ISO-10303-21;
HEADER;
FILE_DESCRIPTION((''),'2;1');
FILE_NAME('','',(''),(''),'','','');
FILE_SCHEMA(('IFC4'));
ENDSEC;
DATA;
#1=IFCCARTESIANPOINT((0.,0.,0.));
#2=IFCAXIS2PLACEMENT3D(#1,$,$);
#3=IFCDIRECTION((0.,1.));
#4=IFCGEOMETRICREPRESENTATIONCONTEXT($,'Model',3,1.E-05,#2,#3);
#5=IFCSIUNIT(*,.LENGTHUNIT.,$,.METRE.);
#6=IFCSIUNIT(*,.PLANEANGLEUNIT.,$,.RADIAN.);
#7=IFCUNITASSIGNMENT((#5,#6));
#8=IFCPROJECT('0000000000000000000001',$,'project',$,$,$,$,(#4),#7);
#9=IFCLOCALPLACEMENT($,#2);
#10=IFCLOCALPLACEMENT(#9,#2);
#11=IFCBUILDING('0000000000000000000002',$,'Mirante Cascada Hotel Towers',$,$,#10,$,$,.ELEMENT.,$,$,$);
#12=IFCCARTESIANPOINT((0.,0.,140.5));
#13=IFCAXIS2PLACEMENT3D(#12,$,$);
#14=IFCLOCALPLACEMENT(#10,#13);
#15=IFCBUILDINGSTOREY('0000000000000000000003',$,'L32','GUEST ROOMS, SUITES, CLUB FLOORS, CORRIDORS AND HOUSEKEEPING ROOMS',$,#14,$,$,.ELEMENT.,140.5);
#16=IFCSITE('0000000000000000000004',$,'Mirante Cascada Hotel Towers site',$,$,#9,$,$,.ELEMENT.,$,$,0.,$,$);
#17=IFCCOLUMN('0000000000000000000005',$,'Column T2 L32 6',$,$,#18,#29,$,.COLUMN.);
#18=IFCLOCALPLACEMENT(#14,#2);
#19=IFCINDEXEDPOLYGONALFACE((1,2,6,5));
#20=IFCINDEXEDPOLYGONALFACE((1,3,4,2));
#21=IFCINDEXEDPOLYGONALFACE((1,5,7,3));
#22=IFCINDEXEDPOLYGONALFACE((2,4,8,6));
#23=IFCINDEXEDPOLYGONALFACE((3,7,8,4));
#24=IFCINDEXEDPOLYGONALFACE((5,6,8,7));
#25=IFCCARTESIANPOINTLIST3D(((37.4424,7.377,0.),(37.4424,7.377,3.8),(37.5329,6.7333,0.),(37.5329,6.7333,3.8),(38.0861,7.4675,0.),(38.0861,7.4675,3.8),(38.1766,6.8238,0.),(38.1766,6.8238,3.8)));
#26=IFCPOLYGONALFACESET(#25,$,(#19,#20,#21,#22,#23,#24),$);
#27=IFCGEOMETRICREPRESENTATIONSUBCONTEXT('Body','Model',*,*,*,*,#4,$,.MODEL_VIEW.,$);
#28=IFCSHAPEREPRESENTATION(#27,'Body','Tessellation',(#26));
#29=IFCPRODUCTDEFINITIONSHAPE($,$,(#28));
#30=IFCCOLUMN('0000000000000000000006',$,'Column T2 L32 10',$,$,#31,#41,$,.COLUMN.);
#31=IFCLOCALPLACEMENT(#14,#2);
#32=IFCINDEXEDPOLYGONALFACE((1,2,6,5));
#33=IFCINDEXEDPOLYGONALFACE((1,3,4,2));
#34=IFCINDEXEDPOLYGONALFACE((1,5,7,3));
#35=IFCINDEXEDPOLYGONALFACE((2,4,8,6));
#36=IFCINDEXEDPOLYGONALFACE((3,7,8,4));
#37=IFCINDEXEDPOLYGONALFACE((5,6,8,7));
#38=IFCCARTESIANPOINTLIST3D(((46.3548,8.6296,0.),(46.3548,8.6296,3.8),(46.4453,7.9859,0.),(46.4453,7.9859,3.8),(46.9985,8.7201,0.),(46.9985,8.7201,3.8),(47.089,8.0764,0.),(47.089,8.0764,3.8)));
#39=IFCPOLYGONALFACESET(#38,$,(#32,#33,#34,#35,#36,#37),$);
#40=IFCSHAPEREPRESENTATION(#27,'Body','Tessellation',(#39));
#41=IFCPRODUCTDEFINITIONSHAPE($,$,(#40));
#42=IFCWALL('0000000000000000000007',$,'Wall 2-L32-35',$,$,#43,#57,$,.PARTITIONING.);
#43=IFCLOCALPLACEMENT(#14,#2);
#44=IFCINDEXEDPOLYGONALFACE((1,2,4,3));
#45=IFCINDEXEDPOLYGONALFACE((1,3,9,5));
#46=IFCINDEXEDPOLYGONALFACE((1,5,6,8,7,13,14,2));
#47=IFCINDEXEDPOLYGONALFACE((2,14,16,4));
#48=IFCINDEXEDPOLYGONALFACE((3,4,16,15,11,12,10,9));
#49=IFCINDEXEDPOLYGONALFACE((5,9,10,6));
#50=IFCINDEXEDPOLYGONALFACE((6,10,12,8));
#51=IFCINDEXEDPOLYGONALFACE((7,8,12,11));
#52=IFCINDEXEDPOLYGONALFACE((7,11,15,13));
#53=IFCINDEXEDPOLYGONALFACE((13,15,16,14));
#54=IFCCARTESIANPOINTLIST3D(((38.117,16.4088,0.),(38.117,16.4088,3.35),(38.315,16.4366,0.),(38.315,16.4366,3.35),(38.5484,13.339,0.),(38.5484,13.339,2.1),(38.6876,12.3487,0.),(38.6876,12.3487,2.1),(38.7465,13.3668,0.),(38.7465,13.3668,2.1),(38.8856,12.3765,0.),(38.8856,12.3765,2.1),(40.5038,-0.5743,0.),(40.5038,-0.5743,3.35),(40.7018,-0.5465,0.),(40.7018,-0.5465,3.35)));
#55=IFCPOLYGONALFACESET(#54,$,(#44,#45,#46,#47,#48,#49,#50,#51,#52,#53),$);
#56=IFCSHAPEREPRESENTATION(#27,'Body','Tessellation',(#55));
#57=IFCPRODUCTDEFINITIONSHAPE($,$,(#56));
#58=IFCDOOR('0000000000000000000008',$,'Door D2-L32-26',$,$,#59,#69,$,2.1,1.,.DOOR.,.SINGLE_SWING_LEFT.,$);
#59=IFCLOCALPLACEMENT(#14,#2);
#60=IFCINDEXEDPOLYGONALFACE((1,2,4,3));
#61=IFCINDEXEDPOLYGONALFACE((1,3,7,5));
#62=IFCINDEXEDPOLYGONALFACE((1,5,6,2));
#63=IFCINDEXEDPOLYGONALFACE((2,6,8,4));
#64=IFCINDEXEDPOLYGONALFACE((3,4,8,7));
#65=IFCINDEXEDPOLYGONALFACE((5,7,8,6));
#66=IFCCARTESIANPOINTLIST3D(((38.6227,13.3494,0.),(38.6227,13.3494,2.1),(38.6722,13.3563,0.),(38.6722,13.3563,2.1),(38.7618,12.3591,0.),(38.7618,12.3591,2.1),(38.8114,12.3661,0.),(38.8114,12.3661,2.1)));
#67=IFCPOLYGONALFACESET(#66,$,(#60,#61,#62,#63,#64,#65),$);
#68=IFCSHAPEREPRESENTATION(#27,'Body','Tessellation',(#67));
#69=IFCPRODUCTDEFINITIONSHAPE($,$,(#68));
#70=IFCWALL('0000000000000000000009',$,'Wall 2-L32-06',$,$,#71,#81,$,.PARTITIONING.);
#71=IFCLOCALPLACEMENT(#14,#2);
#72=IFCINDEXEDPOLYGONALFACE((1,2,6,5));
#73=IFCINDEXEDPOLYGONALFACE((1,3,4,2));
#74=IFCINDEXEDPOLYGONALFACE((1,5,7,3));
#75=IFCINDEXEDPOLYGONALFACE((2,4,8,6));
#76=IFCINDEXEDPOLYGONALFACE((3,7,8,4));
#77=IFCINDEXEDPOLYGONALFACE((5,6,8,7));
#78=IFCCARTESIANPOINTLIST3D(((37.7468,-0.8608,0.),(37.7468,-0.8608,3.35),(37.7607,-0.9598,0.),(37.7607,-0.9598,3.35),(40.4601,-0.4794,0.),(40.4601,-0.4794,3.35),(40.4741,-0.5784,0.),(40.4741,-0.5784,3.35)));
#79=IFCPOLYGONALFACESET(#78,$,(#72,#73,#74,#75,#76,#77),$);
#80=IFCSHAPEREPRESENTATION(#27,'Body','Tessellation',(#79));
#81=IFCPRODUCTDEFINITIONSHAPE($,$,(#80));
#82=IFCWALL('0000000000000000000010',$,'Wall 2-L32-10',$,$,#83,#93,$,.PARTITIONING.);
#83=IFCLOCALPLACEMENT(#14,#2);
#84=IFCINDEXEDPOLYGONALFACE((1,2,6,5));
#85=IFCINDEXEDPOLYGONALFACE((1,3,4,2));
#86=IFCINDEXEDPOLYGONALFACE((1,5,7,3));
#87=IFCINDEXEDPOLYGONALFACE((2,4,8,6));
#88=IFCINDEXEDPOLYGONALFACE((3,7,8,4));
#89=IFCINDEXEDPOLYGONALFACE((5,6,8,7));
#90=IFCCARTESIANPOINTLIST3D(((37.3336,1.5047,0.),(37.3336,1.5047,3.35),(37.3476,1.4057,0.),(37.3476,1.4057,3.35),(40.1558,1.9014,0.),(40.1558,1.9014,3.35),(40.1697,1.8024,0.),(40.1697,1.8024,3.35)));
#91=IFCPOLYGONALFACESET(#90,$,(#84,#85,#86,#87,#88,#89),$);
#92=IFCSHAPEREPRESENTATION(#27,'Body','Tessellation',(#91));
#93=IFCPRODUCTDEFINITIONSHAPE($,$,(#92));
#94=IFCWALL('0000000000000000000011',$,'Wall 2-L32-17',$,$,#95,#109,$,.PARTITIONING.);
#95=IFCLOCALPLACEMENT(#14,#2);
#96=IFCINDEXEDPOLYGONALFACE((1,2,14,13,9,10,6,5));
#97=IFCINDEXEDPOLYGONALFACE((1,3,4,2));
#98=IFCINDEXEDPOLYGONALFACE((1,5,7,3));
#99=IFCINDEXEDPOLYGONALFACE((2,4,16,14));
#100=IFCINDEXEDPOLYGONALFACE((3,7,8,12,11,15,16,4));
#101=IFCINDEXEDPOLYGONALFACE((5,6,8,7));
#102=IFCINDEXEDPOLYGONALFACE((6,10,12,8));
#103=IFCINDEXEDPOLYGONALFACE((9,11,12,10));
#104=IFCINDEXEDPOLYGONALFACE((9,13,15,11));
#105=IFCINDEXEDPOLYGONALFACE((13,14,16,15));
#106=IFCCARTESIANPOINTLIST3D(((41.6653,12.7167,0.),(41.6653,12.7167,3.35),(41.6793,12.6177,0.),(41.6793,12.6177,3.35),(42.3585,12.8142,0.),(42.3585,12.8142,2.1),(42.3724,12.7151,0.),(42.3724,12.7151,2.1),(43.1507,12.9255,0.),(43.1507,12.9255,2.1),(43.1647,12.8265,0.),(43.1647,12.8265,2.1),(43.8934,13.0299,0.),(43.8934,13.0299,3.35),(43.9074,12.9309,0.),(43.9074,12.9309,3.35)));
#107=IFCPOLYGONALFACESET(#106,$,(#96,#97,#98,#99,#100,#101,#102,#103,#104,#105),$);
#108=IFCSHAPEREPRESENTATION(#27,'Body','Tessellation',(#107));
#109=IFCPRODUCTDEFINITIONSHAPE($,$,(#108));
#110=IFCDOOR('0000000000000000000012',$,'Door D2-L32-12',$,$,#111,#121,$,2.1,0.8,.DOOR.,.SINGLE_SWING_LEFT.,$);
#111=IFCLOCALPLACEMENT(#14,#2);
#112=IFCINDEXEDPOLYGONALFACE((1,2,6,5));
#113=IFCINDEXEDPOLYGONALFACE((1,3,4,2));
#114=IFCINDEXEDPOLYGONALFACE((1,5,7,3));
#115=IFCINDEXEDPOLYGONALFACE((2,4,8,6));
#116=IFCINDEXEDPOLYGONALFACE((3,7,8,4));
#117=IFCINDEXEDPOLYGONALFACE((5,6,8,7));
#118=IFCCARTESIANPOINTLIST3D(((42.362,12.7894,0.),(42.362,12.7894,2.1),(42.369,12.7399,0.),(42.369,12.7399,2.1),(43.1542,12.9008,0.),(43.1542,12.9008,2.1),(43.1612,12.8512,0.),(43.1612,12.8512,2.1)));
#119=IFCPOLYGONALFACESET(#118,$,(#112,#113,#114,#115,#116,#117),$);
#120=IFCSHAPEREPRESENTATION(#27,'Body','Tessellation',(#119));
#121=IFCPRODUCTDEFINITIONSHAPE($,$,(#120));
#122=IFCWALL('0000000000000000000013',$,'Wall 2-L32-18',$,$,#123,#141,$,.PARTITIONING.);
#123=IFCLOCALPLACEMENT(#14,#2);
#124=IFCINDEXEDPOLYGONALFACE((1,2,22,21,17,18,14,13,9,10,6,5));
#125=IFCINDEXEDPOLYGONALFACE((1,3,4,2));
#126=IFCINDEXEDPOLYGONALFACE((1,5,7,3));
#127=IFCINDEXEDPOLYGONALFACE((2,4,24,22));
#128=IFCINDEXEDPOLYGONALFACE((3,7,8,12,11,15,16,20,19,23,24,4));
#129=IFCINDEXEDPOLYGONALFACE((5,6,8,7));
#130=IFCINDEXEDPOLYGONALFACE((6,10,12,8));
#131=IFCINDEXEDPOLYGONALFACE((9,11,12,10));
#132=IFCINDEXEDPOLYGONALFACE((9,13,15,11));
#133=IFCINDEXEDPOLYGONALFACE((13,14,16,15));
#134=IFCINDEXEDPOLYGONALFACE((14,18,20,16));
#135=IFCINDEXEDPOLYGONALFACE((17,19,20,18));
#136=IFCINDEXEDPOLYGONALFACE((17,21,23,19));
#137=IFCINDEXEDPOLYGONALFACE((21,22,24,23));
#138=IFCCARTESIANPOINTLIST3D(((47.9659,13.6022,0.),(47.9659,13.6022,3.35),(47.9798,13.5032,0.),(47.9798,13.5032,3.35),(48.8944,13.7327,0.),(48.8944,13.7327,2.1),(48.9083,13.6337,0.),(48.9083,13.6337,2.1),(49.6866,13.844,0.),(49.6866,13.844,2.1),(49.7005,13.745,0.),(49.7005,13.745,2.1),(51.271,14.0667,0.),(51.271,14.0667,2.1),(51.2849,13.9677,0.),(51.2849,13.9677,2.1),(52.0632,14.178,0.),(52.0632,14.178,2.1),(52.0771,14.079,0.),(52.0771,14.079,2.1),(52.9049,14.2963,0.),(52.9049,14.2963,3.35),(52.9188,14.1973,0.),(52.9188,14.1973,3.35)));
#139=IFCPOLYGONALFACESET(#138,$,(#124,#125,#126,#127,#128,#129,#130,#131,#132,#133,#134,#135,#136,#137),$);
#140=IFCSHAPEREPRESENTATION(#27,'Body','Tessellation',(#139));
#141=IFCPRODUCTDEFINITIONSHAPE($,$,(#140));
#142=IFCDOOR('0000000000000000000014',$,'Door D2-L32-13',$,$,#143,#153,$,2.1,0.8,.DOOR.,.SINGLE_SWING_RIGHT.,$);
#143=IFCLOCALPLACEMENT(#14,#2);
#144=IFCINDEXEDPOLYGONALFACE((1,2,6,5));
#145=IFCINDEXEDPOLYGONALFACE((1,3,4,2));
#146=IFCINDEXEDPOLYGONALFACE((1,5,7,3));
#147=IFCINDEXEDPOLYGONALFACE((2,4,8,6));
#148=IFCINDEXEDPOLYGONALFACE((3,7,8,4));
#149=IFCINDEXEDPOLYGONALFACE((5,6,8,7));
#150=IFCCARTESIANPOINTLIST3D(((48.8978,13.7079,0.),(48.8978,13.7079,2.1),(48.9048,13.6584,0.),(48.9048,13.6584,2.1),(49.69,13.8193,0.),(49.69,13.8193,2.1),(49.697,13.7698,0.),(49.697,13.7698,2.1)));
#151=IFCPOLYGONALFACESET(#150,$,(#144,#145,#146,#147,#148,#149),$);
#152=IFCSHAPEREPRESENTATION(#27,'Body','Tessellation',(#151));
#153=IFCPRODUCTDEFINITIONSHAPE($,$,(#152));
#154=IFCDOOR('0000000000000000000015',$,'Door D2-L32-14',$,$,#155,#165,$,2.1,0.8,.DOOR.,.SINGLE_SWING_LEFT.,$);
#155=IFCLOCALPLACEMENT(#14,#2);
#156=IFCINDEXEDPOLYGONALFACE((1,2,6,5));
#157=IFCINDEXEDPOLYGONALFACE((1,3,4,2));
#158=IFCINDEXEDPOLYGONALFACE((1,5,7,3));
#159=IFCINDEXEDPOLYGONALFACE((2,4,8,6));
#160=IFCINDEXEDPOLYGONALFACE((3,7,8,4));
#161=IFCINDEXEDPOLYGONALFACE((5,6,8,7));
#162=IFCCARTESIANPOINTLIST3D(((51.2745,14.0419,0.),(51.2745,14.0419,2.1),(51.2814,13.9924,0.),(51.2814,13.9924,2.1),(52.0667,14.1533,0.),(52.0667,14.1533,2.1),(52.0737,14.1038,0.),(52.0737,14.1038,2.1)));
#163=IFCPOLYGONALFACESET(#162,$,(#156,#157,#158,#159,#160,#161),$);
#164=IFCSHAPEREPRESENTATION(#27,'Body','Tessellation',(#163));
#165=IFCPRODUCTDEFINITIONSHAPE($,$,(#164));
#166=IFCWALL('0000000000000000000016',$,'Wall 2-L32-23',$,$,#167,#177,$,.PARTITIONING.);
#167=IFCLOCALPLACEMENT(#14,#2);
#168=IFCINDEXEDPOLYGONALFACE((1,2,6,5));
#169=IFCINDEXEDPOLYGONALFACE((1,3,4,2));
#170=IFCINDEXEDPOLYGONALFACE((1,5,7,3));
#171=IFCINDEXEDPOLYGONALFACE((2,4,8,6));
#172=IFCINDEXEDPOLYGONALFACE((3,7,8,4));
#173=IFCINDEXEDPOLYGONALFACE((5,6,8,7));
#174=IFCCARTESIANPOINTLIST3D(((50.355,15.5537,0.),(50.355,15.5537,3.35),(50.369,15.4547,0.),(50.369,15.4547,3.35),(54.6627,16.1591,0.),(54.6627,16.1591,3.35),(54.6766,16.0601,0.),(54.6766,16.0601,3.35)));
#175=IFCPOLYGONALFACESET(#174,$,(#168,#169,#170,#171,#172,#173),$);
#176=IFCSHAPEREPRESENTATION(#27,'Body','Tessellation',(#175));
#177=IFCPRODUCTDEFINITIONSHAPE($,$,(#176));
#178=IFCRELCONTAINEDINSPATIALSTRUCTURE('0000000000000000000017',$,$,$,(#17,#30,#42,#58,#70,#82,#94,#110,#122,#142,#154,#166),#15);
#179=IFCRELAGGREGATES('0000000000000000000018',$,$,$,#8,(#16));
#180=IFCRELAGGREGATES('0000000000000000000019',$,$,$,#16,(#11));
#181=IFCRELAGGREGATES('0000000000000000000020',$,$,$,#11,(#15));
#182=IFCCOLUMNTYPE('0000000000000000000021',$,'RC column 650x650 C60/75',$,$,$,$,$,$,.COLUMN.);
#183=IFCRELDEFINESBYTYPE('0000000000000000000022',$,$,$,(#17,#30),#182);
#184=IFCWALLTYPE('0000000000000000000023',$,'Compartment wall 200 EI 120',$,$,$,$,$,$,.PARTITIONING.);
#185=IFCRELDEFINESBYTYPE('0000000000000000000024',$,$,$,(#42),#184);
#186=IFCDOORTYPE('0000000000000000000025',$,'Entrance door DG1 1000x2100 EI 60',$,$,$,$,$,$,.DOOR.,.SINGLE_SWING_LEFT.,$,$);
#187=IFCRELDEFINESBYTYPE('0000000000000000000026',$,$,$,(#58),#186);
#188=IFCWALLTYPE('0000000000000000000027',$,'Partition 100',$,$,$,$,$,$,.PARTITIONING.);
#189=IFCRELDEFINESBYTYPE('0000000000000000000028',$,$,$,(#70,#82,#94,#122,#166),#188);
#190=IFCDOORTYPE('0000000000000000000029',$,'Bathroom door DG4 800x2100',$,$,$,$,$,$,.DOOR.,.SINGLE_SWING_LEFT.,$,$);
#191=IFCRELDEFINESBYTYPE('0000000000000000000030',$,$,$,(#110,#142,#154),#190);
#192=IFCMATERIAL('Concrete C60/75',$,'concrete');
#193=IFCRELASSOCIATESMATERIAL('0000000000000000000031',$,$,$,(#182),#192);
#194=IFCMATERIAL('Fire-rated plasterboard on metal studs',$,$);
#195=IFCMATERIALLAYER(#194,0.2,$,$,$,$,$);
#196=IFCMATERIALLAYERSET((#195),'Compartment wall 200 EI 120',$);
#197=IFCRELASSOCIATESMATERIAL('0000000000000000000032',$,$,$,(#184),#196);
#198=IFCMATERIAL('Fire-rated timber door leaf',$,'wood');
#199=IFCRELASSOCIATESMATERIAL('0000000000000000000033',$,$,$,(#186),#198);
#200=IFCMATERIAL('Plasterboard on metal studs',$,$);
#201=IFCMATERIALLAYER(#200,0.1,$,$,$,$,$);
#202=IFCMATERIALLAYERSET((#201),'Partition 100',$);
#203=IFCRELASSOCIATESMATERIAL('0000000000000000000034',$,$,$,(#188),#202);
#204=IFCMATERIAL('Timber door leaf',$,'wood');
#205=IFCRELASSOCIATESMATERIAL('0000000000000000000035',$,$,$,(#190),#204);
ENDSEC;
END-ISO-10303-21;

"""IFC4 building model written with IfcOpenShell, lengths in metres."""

from ifc_helpers import new_model, si_unit, direction, frame, frame_2d, origin, origin_2d, place, context, subcontext, project, spatial, rectangle, extrude, material, layer, layer_set, material_profile, profile_set, type_object, element, fill, save


model = new_model("IFC4")

# Units and contexts
model_context = context("Model", 3, precision=1e-05, world=origin(), true_north=direction((0.0, 1.0)))
body_context = subcontext(model_context, "Body", "Model", "MODEL_VIEW")
ifc_project = project(units=[si_unit("LENGTHUNIT", "METRE"), si_unit("PLANEANGLEUNIT", "RADIAN")], contexts=[model_context])

# Site, building, storey
site_placement = place(None, origin())
site = spatial("IfcSite", under=ifc_project, at=site_placement, Name="Mirante Cascada Hotel Towers site", CompositionType="ELEMENT", RefElevation=0.0)
building_placement = place(site_placement, origin())
building = spatial("IfcBuilding", under=site, at=building_placement, Name="Mirante Cascada Hotel Towers", CompositionType="ELEMENT")
storey_placement = place(building_placement, frame((0.0, 0.0, 140.5)))
storey = spatial("IfcBuildingStorey", under=building, at=storey_placement, Name="L32", Description="GUEST ROOMS, SUITES, CLUB FLOORS, CORRIDORS AND HOUSEKEEPING ROOMS", CompositionType="ELEMENT", Elevation=140.5)

# Columns
ifc_material_1 = material(Name="Concrete C60/75", Category="concrete")
ifc_material_profile = material_profile(ifc_material_1, rectangle(XDim=0.65, YDim=0.65, at=origin_2d()), Name="RC column 650x650 C60/75")
ifc_profile_set = profile_set([ifc_material_profile], Name="Concrete C60/75")
column_type = type_object("IfcColumnType", Name="RC column 650x650 C60/75", PredefinedType="COLUMN", material=ifc_profile_set)
for number, where, z_axis, x_axis, name in (
    (1, (37.8095, 7.1004, 0.0), (0.0, 0.0, 1.0), (0.990268, 0.139173, 0.0), "Column T2 L32 6"),
    (2, (46.7219, 8.353, 0.0), (0.0, 0.0, 1.0), (0.990268, 0.139173, 0.0), "Column T2 L32 10"),
):
    element("IfcColumn", number, at=place(storey_placement, frame(where, z_axis=z_axis, x_axis=x_axis)), inside=storey, type_object=column_type, Name=name, PredefinedType="COLUMN", context=body_context, shape_type="SweptSolid", body=[
        extrude(rectangle(XDim=0.65, YDim=0.65, at=origin_2d()), origin(), (0.0, 0.0, 1.0), 3.8),
    ])

# Wall, opening, door
ifc_material_2 = material(Name="Fire-rated plasterboard on metal studs")
ifc_layer_1 = layer(ifc_material_2, 0.2)
ifc_layer_set_1 = layer_set([ifc_layer_1], Name="Compartment wall 200 EI 120")
wall_type_1 = type_object("IfcWallType", Name="Compartment wall 200 EI 120", PredefinedType="PARTITIONING", material=ifc_layer_set_1)
wall_1_placement = place(storey_placement, frame((40.6028, -0.5604, 0.0), z_axis=(0.0, 0.0, 1.0), x_axis=(-0.139172, 0.990268, 0.0)))
wall_1 = element("IfcWall", 3, at=wall_1_placement, inside=storey, type_object=wall_type_1, Name="Wall 2-L32-35", PredefinedType="PARTITIONING", context=body_context, shape_type="SweptSolid", body=[
    extrude(rectangle(XDim=17.15, YDim=0.2, at=frame_2d((8.575, 0.0))), origin(), (0.0, 0.0, 1.0), 3.35),
])
opening_1_placement = place(wall_1_placement, frame((13.05, 0.0, 0.0)))
opening_1 = element("IfcOpeningElement", 4, at=opening_1_placement, cuts=wall_1, PredefinedType="OPENING", context=body_context, shape_type="SweptSolid", body=[
    extrude(rectangle(XDim=1.0, YDim=2.1, at=frame_2d((0.5, 1.05))), frame((0.0, 0.1, 0.0), z_axis=(0.0, -1.0, 0.0), x_axis=(1.0, 0.0, 0.0)), (0.0, 0.0, 1.0), 0.2),
])
ifc_material_3 = material(Name="Fire-rated timber door leaf", Category="wood")
door_type_1 = type_object("IfcDoorType", Name="Entrance door DG1 1000x2100 EI 60", OperationType="SINGLE_SWING_LEFT", PredefinedType="DOOR", material=ifc_material_3)
door_1_placement = place(opening_1_placement, origin())
door_1 = element("IfcDoor", 5, at=door_1_placement, inside=storey, type_object=door_type_1, Name="Door D2-L32-26", OperationType="SINGLE_SWING_LEFT", OverallHeight=2.1, OverallWidth=1.0, PredefinedType="DOOR", context=body_context, shape_type="SweptSolid", body=[
    extrude(rectangle(XDim=1.0, YDim=2.1, at=frame_2d((0.5, 1.05))), frame((0.0, 0.025, 0.0), z_axis=(0.0, -1.0, 0.0), x_axis=(1.0, 0.0, 0.0)), (0.0, 0.0, 1.0), 0.05),
])
fill(opening_1, door_1)

# Walls
ifc_material_4 = material(Name="Plasterboard on metal studs")
ifc_layer_2 = layer(ifc_material_4, 0.1)
ifc_layer_set_2 = layer_set([ifc_layer_2], Name="Partition 100")
wall_type_2 = type_object("IfcWallType", Name="Partition 100", PredefinedType="PARTITIONING", material=ifc_layer_set_2)
wall_2_placement = place(storey_placement, frame((40.4671, -0.5289, 0.0), z_axis=(0.0, 0.0, 1.0), x_axis=(-0.990264, -0.139198, 0.0)))
element("IfcWall", 6, at=wall_2_placement, inside=storey, type_object=wall_type_2, Name="Wall 2-L32-06", PredefinedType="PARTITIONING", context=body_context, shape_type="SweptSolid", body=[
    extrude(rectangle(XDim=2.74, YDim=0.1, at=frame_2d((1.37, 0.0))), origin(), (0.0, 0.0, 1.0), 3.35),
])
wall_3_placement = place(storey_placement, frame((40.1628, 1.8519, 0.0), z_axis=(0.0, 0.0, 1.0), x_axis=(-0.990265, -0.139196, 0.0)))
element("IfcWall", 7, at=wall_3_placement, inside=storey, type_object=wall_type_2, Name="Wall 2-L32-10", PredefinedType="PARTITIONING", context=body_context, shape_type="SweptSolid", body=[
    extrude(rectangle(XDim=2.8499, YDim=0.1, at=frame_2d((1.425, 0.0))), origin(), (0.0, 0.0, 1.0), 3.35),
])

# Wall, opening, door
wall_4_placement = place(storey_placement, frame((41.6723, 12.6672, 0.0), z_axis=(0.0, 0.0, 1.0), x_axis=(0.990264, 0.1392, 0.0)))
wall_4 = element("IfcWall", 8, at=wall_4_placement, inside=storey, type_object=wall_type_2, Name="Wall 2-L32-17", PredefinedType="PARTITIONING", context=body_context, shape_type="SweptSolid", body=[
    extrude(rectangle(XDim=2.25, YDim=0.1, at=frame_2d((1.125, 0.0))), origin(), (0.0, 0.0, 1.0), 3.35),
])
opening_2_placement = place(wall_4_placement, frame((0.7, 0.0, 0.0)))
opening_2 = element("IfcOpeningElement", 9, at=opening_2_placement, cuts=wall_4, PredefinedType="OPENING", context=body_context, shape_type="SweptSolid", body=[
    extrude(rectangle(XDim=0.8, YDim=2.1, at=frame_2d((0.4, 1.05))), frame((0.0, 0.05, 0.0), z_axis=(0.0, -1.0, 0.0), x_axis=(1.0, 0.0, 0.0)), (0.0, 0.0, 1.0), 0.1),
])
ifc_material_5 = material(Name="Timber door leaf", Category="wood")
door_type_2 = type_object("IfcDoorType", Name="Bathroom door DG4 800x2100", OperationType="SINGLE_SWING_LEFT", PredefinedType="DOOR", material=ifc_material_5)
door_2_placement = place(opening_2_placement, origin())
door_2 = element("IfcDoor", 10, at=door_2_placement, inside=storey, type_object=door_type_2, Name="Door D2-L32-12", OperationType="SINGLE_SWING_LEFT", OverallHeight=2.1, OverallWidth=0.8, PredefinedType="DOOR", context=body_context, shape_type="SweptSolid", body=[
    extrude(rectangle(XDim=0.8, YDim=2.1, at=frame_2d((0.4, 1.05))), frame((0.0, 0.025, 0.0), z_axis=(0.0, -1.0, 0.0), x_axis=(1.0, 0.0, 0.0)), (0.0, 0.0, 1.0), 0.05),
])
fill(opening_2, door_2)

# Wall, openings, doors
wall_5_placement = place(storey_placement, frame((52.9119, 14.2468, 0.0), z_axis=(0.0, 0.0, 1.0), x_axis=(-0.990269, -0.139167, 0.0)))
wall_5 = element("IfcWall", 11, at=wall_5_placement, inside=storey, type_object=wall_type_2, Name="Wall 2-L32-18", PredefinedType="PARTITIONING", context=body_context, shape_type="SweptSolid", body=[
    extrude(rectangle(XDim=4.9875, YDim=0.1, at=frame_2d((2.4938, 0.0))), origin(), (0.0, 0.0, 1.0), 3.35),
])
opening_3_placement = place(wall_5_placement, frame((3.25, 0.0, 0.0)))
opening_3 = element("IfcOpeningElement", 12, at=opening_3_placement, cuts=wall_5, PredefinedType="OPENING", context=body_context, shape_type="SweptSolid", body=[
    extrude(rectangle(XDim=0.8, YDim=2.1, at=frame_2d((0.4, 1.05))), frame((0.0, 0.05, 0.0), z_axis=(0.0, -1.0, 0.0), x_axis=(1.0, 0.0, 0.0)), (0.0, 0.0, 1.0), 0.1),
])
opening_4_placement = place(wall_5_placement, frame((0.85, 0.0, 0.0)))
opening_4 = element("IfcOpeningElement", 13, at=opening_4_placement, cuts=wall_5, PredefinedType="OPENING", context=body_context, shape_type="SweptSolid", body=[
    extrude(rectangle(XDim=0.8, YDim=2.1, at=frame_2d((0.4, 1.05))), frame((0.0, 0.05, 0.0), z_axis=(0.0, -1.0, 0.0), x_axis=(1.0, 0.0, 0.0)), (0.0, 0.0, 1.0), 0.1),
])
door_3_placement = place(opening_3_placement, frame((0.8, 0.0, 0.0), z_axis=(0.0, 0.0, 1.0), x_axis=(-1.0, 0.0, 0.0)))
door_3 = element("IfcDoor", 14, at=door_3_placement, inside=storey, type_object=door_type_2, Name="Door D2-L32-13", OperationType="SINGLE_SWING_RIGHT", OverallHeight=2.1, OverallWidth=0.8, PredefinedType="DOOR", context=body_context, shape_type="SweptSolid", body=[
    extrude(rectangle(XDim=0.8, YDim=2.1, at=frame_2d((0.4, 1.05))), frame((0.0, 0.025, 0.0), z_axis=(0.0, -1.0, 0.0), x_axis=(1.0, 0.0, 0.0)), (0.0, 0.0, 1.0), 0.05),
])
fill(opening_3, door_3)
door_4_placement = place(opening_4_placement, origin())
door_4 = element("IfcDoor", 15, at=door_4_placement, inside=storey, type_object=door_type_2, Name="Door D2-L32-14", OperationType="SINGLE_SWING_LEFT", OverallHeight=2.1, OverallWidth=0.8, PredefinedType="DOOR", context=body_context, shape_type="SweptSolid", body=[
    extrude(rectangle(XDim=0.8, YDim=2.1, at=frame_2d((0.4, 1.05))), frame((0.0, 0.025, 0.0), z_axis=(0.0, -1.0, 0.0), x_axis=(1.0, 0.0, 0.0)), (0.0, 0.0, 1.0), 0.05),
])
fill(opening_4, door_4)

# Wall
wall_6_placement = place(storey_placement, frame((50.362, 15.5042, 0.0), z_axis=(0.0, 0.0, 1.0), x_axis=(0.990268, 0.139171, 0.0)))
element("IfcWall", 16, at=wall_6_placement, inside=storey, type_object=wall_type_2, Name="Wall 2-L32-23", PredefinedType="PARTITIONING", context=body_context, shape_type="SweptSolid", body=[
    extrude(rectangle(XDim=4.35, YDim=0.1, at=frame_2d((2.175, 0.0))), origin(), (0.0, 0.0, 1.0), 3.35),
])

save(model, "model.ifc")
